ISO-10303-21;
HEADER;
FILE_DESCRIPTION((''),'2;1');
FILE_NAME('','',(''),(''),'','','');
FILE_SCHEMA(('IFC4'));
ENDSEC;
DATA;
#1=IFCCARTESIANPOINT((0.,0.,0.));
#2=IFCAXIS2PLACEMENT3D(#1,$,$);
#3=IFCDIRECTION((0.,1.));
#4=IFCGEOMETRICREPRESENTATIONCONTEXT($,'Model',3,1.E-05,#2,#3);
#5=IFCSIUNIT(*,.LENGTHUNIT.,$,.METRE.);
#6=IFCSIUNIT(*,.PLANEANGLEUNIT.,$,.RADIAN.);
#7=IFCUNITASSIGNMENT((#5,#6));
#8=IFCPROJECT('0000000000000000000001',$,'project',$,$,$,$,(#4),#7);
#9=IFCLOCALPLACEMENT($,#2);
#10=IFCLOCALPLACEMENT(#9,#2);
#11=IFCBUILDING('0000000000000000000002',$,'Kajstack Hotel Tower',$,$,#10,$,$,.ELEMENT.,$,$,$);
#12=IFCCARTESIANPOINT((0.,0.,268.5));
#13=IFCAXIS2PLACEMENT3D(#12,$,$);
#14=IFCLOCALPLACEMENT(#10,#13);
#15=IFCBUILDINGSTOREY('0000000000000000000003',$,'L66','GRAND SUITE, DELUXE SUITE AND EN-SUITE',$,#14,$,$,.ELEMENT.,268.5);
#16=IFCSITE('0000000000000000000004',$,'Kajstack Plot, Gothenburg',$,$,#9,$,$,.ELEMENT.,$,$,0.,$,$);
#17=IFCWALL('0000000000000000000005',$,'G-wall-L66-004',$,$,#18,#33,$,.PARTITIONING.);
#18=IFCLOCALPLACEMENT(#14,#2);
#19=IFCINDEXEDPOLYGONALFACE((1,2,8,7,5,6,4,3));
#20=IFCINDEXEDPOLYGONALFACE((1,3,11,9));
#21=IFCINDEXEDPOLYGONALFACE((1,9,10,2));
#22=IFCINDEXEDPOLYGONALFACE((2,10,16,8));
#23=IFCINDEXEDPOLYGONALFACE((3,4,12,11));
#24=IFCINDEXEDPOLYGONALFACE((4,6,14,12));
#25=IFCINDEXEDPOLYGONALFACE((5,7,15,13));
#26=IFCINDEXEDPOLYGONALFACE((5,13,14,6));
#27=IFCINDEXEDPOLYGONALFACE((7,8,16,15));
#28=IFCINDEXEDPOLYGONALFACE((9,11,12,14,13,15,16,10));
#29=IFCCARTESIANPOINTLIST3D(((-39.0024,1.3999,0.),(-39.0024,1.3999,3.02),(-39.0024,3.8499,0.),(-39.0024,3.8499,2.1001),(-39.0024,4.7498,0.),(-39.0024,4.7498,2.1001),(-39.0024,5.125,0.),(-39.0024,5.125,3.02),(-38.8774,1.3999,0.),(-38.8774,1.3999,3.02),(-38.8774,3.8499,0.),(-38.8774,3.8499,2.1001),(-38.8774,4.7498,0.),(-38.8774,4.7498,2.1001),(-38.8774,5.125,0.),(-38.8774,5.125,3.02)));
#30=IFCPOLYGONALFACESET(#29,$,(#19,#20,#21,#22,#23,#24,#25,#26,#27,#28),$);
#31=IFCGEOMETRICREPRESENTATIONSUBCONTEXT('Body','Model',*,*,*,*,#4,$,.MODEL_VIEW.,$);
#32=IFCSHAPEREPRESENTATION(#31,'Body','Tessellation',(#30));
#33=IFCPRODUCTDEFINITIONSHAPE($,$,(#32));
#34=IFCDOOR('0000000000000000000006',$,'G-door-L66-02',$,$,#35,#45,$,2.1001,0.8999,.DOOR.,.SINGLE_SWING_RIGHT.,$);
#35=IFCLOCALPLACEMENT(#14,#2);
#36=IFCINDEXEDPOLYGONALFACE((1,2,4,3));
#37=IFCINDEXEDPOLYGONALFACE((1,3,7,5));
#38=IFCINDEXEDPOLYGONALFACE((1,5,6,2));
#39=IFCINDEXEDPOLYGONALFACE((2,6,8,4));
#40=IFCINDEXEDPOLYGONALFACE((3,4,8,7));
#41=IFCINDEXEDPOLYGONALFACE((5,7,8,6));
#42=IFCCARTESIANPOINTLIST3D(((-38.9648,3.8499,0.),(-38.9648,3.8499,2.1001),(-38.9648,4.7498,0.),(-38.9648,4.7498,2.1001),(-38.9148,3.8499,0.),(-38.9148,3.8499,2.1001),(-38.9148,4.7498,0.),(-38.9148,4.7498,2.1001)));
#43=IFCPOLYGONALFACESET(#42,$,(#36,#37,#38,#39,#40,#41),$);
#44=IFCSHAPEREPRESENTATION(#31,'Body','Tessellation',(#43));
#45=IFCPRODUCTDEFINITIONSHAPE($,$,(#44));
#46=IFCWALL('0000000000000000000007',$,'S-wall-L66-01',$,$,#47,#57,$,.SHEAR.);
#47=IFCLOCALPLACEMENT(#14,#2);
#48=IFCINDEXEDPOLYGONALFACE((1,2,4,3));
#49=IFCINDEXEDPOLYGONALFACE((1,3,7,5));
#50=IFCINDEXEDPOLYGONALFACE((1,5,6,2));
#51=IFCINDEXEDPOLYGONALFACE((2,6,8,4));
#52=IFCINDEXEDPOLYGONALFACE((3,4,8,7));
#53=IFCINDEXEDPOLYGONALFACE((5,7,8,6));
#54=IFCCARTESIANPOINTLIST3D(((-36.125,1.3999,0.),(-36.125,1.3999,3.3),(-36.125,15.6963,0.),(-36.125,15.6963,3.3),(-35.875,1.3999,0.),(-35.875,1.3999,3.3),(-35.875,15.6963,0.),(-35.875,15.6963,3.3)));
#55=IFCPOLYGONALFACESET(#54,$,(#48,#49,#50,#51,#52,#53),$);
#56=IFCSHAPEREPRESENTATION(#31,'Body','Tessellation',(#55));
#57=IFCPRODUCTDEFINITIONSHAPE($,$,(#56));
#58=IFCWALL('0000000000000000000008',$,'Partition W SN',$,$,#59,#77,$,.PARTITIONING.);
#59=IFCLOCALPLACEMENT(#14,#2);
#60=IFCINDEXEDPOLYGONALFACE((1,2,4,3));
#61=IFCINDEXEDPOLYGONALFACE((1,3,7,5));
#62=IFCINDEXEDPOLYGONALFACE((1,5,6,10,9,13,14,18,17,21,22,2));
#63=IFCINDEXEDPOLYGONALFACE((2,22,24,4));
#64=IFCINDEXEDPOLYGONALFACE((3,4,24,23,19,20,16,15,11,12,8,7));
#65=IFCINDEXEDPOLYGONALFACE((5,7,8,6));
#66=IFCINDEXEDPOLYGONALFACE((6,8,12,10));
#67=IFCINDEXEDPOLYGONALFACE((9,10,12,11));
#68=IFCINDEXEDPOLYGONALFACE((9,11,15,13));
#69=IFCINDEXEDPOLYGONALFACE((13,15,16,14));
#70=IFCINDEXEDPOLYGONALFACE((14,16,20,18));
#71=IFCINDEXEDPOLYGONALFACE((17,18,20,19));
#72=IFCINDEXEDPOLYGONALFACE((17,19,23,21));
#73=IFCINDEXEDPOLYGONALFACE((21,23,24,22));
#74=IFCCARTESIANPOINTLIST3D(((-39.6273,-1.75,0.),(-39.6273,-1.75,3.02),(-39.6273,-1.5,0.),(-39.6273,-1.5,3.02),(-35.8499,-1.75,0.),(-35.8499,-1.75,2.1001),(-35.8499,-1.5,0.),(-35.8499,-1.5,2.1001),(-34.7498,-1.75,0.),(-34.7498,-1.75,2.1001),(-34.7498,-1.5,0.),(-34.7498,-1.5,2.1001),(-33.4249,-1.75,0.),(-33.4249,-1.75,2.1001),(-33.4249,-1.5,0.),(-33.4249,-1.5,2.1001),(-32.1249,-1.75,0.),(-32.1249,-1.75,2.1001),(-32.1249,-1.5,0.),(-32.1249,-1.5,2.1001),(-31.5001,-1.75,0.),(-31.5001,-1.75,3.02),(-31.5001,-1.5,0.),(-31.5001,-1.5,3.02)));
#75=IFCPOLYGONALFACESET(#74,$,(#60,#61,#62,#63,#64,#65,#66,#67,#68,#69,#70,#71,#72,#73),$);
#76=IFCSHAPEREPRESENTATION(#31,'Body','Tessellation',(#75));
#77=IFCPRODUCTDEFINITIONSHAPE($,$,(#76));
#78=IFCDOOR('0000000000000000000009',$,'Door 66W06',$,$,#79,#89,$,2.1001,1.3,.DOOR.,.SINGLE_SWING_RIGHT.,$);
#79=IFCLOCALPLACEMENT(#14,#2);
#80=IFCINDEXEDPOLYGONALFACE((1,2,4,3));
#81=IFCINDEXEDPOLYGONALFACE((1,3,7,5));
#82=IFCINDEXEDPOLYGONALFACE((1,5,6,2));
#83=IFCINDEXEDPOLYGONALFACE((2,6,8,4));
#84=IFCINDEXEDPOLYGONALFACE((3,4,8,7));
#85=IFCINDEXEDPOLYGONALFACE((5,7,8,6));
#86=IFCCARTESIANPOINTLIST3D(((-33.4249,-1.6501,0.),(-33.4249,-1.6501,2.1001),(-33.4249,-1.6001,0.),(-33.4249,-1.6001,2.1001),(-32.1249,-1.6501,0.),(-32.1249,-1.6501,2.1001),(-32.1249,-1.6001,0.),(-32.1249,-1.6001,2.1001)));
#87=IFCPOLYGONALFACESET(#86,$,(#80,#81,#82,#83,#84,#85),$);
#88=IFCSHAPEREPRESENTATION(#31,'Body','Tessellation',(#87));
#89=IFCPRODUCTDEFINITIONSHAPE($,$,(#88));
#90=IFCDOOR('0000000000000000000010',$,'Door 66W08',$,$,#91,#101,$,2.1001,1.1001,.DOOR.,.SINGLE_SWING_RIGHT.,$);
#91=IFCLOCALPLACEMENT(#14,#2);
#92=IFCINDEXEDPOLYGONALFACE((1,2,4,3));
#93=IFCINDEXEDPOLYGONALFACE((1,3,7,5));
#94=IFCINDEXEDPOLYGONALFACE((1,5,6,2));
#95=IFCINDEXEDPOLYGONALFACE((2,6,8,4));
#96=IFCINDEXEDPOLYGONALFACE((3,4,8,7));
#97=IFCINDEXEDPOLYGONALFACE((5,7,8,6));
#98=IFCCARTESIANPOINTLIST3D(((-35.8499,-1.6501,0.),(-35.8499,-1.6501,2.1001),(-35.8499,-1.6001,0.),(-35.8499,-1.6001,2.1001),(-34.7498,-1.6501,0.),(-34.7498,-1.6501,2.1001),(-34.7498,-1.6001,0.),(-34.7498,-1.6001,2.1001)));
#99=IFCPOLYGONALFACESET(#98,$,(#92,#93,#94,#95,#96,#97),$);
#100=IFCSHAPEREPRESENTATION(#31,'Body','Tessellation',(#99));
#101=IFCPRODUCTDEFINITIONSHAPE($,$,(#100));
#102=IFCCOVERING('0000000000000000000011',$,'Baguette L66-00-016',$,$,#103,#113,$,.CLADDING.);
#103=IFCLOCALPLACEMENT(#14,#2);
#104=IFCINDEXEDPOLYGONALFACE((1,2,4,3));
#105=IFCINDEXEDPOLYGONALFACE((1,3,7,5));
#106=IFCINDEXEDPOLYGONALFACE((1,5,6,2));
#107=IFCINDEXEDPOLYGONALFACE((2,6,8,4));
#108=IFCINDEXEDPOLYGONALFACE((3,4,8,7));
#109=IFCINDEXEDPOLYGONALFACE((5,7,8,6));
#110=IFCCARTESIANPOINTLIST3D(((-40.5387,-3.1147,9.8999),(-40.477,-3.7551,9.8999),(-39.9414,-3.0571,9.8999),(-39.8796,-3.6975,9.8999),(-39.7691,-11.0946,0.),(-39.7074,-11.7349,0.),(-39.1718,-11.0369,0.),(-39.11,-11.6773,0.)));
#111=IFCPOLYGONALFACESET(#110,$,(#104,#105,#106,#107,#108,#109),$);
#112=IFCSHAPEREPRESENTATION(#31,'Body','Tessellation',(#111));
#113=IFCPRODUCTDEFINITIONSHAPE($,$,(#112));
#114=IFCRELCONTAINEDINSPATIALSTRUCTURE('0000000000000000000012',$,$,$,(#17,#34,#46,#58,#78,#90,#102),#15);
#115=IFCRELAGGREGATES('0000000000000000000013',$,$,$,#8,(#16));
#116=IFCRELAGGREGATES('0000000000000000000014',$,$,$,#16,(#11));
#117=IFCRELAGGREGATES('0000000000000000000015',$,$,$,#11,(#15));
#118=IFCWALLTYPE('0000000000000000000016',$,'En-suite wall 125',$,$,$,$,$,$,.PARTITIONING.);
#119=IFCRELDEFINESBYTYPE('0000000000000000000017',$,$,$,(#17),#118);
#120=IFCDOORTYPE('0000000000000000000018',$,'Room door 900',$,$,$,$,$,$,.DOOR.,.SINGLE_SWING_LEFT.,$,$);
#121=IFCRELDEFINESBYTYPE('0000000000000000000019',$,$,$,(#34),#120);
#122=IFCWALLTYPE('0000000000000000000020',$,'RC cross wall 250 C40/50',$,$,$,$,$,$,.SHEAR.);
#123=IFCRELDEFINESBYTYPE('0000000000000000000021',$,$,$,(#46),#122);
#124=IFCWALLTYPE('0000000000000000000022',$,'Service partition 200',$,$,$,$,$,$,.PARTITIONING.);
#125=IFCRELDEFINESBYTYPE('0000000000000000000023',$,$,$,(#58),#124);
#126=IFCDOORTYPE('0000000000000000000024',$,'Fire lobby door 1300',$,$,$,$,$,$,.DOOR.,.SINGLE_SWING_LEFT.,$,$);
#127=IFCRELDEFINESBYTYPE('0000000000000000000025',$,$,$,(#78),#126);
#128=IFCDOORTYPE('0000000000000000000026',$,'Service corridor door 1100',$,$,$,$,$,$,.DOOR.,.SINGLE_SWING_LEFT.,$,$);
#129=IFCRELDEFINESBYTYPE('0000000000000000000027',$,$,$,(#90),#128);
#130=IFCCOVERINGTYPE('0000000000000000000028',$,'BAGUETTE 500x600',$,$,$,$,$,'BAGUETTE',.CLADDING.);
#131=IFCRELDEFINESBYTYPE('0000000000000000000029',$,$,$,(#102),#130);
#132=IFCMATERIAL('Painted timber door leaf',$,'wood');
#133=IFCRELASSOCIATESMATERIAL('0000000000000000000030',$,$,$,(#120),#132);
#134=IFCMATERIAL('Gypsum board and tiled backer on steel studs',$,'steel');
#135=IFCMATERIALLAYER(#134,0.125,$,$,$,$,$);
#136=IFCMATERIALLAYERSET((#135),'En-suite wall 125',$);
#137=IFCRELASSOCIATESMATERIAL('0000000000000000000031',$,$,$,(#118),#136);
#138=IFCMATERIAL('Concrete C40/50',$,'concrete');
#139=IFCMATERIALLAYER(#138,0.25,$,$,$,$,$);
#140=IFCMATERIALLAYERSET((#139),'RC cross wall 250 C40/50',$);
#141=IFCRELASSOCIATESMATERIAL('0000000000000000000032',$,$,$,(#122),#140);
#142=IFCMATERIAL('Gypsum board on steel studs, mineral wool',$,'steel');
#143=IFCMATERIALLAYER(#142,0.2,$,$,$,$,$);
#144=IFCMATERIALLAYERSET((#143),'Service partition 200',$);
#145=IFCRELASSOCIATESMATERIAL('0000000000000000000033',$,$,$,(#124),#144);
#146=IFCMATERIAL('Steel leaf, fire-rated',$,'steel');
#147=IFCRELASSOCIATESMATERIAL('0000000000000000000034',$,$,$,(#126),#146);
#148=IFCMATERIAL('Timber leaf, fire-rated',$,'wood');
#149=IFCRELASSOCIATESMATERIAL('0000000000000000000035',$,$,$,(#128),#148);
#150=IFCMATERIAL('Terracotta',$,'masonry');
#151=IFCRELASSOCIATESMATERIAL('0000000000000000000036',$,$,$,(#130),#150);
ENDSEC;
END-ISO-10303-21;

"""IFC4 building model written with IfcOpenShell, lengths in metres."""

from ifc_helpers import new_model, si_unit, direction, frame, frame_2d, origin, origin_2d, place, context, subcontext, project, spatial, polyline, rectangle, outline, extrude, material, layer, layer_set, material_profile, profile_set, type_object, element, fill, save


model = new_model("IFC4")

# Units and contexts
model_context = context("Model", 3, precision=1e-05, world=origin(), true_north=direction((0.0, 1.0)))
body_context = subcontext(model_context, "Body", "Model", "MODEL_VIEW")
ifc_project = project(units=[si_unit("LENGTHUNIT", "METRE"), si_unit("PLANEANGLEUNIT", "RADIAN")], contexts=[model_context])

# Site, building, storey
site_placement = place(None, origin())
site = spatial("IfcSite", under=ifc_project, at=site_placement, Name="Kajstack Plot, Gothenburg", CompositionType="ELEMENT", RefElevation=0.0)
building_placement = place(site_placement, origin())
building = spatial("IfcBuilding", under=site, at=building_placement, Name="Kajstack Hotel Tower", CompositionType="ELEMENT")
storey_placement = place(building_placement, frame((0.0, 0.0, 268.5)))
storey = spatial("IfcBuildingStorey", under=building, at=storey_placement, Name="L66", Description="GRAND SUITE, DELUXE SUITE AND EN-SUITE", CompositionType="ELEMENT", Elevation=268.5)

# Shared definitions
ifc_material_1 = material(Name="Gypsum board on steel studs, mineral wool", Category="steel")
ifc_material_2 = material(Name="Painted timber door leaf", Category="wood")
door_type_1 = type_object("IfcDoorType", Name="Room door 900", OperationType="SINGLE_SWING_LEFT", PredefinedType="DOOR", material=ifc_material_2)

# Wall, opening, door
ifc_material_3 = material(Name="Gypsum board and tiled backer on steel studs", Category="steel")
ifc_layer_1 = layer(ifc_material_3, 0.125)
ifc_layer_set_1 = layer_set([ifc_layer_1], Name="En-suite wall 125")
wall_type_1 = type_object("IfcWallType", Name="En-suite wall 125", PredefinedType="PARTITIONING", material=ifc_layer_set_1)
wall_1_placement = place(storey_placement, frame((-38.9399, 1.3999, 0.0), z_axis=(0.0, 0.0, 1.0), x_axis=(0.0, 1.0, 0.0)))
wall_1 = element("IfcWall", 1, at=wall_1_placement, inside=storey, type_object=wall_type_1, Name="G-wall-L66-004", PredefinedType="PARTITIONING", context=body_context, shape_type="SweptSolid", body=[
    extrude(rectangle(XDim=3.7251, YDim=0.125, at=frame_2d((1.8625, 0.0))), origin(), (0.0, 0.0, 1.0), 3.02),
])
opening_1_placement = place(wall_1_placement, frame((2.45, 0.0, 0.0)))
opening_1 = element("IfcOpeningElement", 2, at=opening_1_placement, cuts=wall_1, PredefinedType="OPENING", context=body_context, shape_type="SweptSolid", body=[
    extrude(rectangle(XDim=0.8999, YDim=2.1001, at=frame_2d((0.45, 1.05))), frame((0.0, 0.0725, 0.0), z_axis=(0.0, -1.0, 0.0), x_axis=(1.0, 0.0, 0.0)), (0.0, 0.0, 1.0), 0.145),
])
door_1_placement = place(opening_1_placement, origin())
door_1 = element("IfcDoor", 3, at=door_1_placement, inside=storey, type_object=door_type_1, Name="G-door-L66-02", OperationType="SINGLE_SWING_RIGHT", OverallHeight=2.1001, OverallWidth=0.8999, PredefinedType="DOOR", context=body_context, shape_type="SweptSolid", body=[
    extrude(rectangle(XDim=0.8999, YDim=2.1001, at=frame_2d((0.45, 1.05))), frame((0.0, 0.0249, 0.0), z_axis=(0.0, -1.0, 0.0), x_axis=(1.0, 0.0, 0.0)), (0.0, 0.0, 1.0), 0.05),
])
fill(opening_1, door_1)

# Wall
ifc_material_4 = material(Name="Concrete C40/50", Category="concrete")
ifc_layer_2 = layer(ifc_material_4, 0.25)
ifc_layer_set_2 = layer_set([ifc_layer_2], Name="RC cross wall 250 C40/50")
wall_type_2 = type_object("IfcWallType", Name="RC cross wall 250 C40/50", PredefinedType="SHEAR", material=ifc_layer_set_2)
wall_2_placement = place(storey_placement, frame((-36.0, 1.3999, 0.0), z_axis=(0.0, 0.0, 1.0), x_axis=(0.0, 1.0, 0.0)))
element("IfcWall", 4, at=wall_2_placement, inside=storey, type_object=wall_type_2, Name="S-wall-L66-01", PredefinedType="SHEAR", context=body_context, shape_type="SweptSolid", body=[
    extrude(rectangle(XDim=14.2964, YDim=0.25, at=frame_2d((7.1482, 0.0))), origin(), (0.0, 0.0, 1.0), 3.3),
])

# Wall, openings, doors
ifc_layer_3 = layer(ifc_material_1, 0.2)
ifc_layer_set_3 = layer_set([ifc_layer_3], Name="Service partition 200")
wall_type_3 = type_object("IfcWallType", Name="Service partition 200", PredefinedType="PARTITIONING", material=ifc_layer_set_3)
wall_3_placement = place(storey_placement, frame((-39.6272, -1.625, 0.0), z_axis=(0.0, 0.0, 1.0), x_axis=(1.0, 0.0, 0.0)))
wall_3 = element("IfcWall", 5, at=wall_3_placement, inside=storey, type_object=wall_type_3, Name="Partition W SN", PredefinedType="PARTITIONING", context=body_context, shape_type="SweptSolid", body=[
    extrude(rectangle(XDim=8.1272, YDim=0.25, at=frame_2d((4.0635, 0.0))), origin(), (0.0, 0.0, 1.0), 3.02),
])
opening_2_placement = place(wall_3_placement, frame((6.2024, 0.0, 0.0)))
opening_2 = element("IfcOpeningElement", 6, at=opening_2_placement, cuts=wall_3, PredefinedType="OPENING", context=body_context, shape_type="SweptSolid", body=[
    extrude(rectangle(XDim=1.3, YDim=2.1001, at=frame_2d((0.6499, 1.05))), frame((0.0, 0.135, 0.0), z_axis=(0.0, -1.0, 0.0), x_axis=(1.0, 0.0, 0.0)), (0.0, 0.0, 1.0), 0.27),
])
opening_3_placement = place(wall_3_placement, frame((3.7773, 0.0, 0.0)))
opening_3 = element("IfcOpeningElement", 7, at=opening_3_placement, cuts=wall_3, PredefinedType="OPENING", context=body_context, shape_type="SweptSolid", body=[
    extrude(rectangle(XDim=1.1001, YDim=2.1001, at=frame_2d((0.55, 1.05))), frame((0.0, 0.135, 0.0), z_axis=(0.0, -1.0, 0.0), x_axis=(1.0, 0.0, 0.0)), (0.0, 0.0, 1.0), 0.27),
])
ifc_material_5 = material(Name="Steel leaf, fire-rated", Category="steel")
door_type_2 = type_object("IfcDoorType", Name="Fire lobby door 1300", OperationType="SINGLE_SWING_LEFT", PredefinedType="DOOR", material=ifc_material_5)
door_2_placement = place(opening_2_placement, origin())
door_2 = element("IfcDoor", 8, at=door_2_placement, inside=storey, type_object=door_type_2, Name="Door 66W06", OperationType="SINGLE_SWING_RIGHT", OverallHeight=2.1001, OverallWidth=1.3, PredefinedType="DOOR", context=body_context, shape_type="SweptSolid", body=[
    extrude(rectangle(XDim=1.3, YDim=2.1001, at=frame_2d((0.6499, 1.05))), frame((0.0, 0.0249, 0.0), z_axis=(0.0, -1.0, 0.0), x_axis=(1.0, 0.0, 0.0)), (0.0, 0.0, 1.0), 0.05),
])
fill(opening_2, door_2)
ifc_material_6 = material(Name="Timber leaf, fire-rated", Category="wood")
door_type_3 = type_object("IfcDoorType", Name="Service corridor door 1100", OperationType="SINGLE_SWING_LEFT", PredefinedType="DOOR", material=ifc_material_6)
door_3_placement = place(opening_3_placement, origin())
door_3 = element("IfcDoor", 9, at=door_3_placement, inside=storey, type_object=door_type_3, Name="Door 66W08", OperationType="SINGLE_SWING_RIGHT", OverallHeight=2.1001, OverallWidth=1.1001, PredefinedType="DOOR", context=body_context, shape_type="SweptSolid", body=[
    extrude(rectangle(XDim=1.1001, YDim=2.1001, at=frame_2d((0.55, 1.05))), frame((0.0, 0.0249, 0.0), z_axis=(0.0, -1.0, 0.0), x_axis=(1.0, 0.0, 0.0)), (0.0, 0.0, 1.0), 0.05),
])
fill(opening_3, door_3)

# Covering
ifc_material_7 = material(Name="Terracotta", Category="masonry")
ifc_material_profile = material_profile(ifc_material_7, rectangle(XDim=0.6001, YDim=0.5, at=origin_2d()), Name="Terracotta-clad concrete baguette 500 x 600")
ifc_profile_set = profile_set([ifc_material_profile], Name="Terracotta")
covering_type = type_object("IfcCoveringType", Name="BAGUETTE 500x600", ElementType="BAGUETTE", PredefinedType="CLADDING", material=ifc_profile_set)
covering_placement = place(storey_placement, frame((-39.9414, -3.0571, 0.0), z_axis=(-0.995381, -0.095999, 0.0), x_axis=(0.095999, -0.995381, 0.0)))
element("IfcCovering", 10, at=covering_placement, inside=storey, type_object=covering_type, Name="Baguette L66-00-016", PredefinedType="CLADDING", context=body_context, shape_type="SweptSolid", body=[
    extrude(outline(polyline([(0.0, 9.8999), (8.0168, 0.0), (8.6602, 0.0), (0.6433, 9.8999), (0.0, 9.8999)])), origin(), (0.0, 0.0, 1.0), 0.6001),
])

save(model, "model.ifc")
